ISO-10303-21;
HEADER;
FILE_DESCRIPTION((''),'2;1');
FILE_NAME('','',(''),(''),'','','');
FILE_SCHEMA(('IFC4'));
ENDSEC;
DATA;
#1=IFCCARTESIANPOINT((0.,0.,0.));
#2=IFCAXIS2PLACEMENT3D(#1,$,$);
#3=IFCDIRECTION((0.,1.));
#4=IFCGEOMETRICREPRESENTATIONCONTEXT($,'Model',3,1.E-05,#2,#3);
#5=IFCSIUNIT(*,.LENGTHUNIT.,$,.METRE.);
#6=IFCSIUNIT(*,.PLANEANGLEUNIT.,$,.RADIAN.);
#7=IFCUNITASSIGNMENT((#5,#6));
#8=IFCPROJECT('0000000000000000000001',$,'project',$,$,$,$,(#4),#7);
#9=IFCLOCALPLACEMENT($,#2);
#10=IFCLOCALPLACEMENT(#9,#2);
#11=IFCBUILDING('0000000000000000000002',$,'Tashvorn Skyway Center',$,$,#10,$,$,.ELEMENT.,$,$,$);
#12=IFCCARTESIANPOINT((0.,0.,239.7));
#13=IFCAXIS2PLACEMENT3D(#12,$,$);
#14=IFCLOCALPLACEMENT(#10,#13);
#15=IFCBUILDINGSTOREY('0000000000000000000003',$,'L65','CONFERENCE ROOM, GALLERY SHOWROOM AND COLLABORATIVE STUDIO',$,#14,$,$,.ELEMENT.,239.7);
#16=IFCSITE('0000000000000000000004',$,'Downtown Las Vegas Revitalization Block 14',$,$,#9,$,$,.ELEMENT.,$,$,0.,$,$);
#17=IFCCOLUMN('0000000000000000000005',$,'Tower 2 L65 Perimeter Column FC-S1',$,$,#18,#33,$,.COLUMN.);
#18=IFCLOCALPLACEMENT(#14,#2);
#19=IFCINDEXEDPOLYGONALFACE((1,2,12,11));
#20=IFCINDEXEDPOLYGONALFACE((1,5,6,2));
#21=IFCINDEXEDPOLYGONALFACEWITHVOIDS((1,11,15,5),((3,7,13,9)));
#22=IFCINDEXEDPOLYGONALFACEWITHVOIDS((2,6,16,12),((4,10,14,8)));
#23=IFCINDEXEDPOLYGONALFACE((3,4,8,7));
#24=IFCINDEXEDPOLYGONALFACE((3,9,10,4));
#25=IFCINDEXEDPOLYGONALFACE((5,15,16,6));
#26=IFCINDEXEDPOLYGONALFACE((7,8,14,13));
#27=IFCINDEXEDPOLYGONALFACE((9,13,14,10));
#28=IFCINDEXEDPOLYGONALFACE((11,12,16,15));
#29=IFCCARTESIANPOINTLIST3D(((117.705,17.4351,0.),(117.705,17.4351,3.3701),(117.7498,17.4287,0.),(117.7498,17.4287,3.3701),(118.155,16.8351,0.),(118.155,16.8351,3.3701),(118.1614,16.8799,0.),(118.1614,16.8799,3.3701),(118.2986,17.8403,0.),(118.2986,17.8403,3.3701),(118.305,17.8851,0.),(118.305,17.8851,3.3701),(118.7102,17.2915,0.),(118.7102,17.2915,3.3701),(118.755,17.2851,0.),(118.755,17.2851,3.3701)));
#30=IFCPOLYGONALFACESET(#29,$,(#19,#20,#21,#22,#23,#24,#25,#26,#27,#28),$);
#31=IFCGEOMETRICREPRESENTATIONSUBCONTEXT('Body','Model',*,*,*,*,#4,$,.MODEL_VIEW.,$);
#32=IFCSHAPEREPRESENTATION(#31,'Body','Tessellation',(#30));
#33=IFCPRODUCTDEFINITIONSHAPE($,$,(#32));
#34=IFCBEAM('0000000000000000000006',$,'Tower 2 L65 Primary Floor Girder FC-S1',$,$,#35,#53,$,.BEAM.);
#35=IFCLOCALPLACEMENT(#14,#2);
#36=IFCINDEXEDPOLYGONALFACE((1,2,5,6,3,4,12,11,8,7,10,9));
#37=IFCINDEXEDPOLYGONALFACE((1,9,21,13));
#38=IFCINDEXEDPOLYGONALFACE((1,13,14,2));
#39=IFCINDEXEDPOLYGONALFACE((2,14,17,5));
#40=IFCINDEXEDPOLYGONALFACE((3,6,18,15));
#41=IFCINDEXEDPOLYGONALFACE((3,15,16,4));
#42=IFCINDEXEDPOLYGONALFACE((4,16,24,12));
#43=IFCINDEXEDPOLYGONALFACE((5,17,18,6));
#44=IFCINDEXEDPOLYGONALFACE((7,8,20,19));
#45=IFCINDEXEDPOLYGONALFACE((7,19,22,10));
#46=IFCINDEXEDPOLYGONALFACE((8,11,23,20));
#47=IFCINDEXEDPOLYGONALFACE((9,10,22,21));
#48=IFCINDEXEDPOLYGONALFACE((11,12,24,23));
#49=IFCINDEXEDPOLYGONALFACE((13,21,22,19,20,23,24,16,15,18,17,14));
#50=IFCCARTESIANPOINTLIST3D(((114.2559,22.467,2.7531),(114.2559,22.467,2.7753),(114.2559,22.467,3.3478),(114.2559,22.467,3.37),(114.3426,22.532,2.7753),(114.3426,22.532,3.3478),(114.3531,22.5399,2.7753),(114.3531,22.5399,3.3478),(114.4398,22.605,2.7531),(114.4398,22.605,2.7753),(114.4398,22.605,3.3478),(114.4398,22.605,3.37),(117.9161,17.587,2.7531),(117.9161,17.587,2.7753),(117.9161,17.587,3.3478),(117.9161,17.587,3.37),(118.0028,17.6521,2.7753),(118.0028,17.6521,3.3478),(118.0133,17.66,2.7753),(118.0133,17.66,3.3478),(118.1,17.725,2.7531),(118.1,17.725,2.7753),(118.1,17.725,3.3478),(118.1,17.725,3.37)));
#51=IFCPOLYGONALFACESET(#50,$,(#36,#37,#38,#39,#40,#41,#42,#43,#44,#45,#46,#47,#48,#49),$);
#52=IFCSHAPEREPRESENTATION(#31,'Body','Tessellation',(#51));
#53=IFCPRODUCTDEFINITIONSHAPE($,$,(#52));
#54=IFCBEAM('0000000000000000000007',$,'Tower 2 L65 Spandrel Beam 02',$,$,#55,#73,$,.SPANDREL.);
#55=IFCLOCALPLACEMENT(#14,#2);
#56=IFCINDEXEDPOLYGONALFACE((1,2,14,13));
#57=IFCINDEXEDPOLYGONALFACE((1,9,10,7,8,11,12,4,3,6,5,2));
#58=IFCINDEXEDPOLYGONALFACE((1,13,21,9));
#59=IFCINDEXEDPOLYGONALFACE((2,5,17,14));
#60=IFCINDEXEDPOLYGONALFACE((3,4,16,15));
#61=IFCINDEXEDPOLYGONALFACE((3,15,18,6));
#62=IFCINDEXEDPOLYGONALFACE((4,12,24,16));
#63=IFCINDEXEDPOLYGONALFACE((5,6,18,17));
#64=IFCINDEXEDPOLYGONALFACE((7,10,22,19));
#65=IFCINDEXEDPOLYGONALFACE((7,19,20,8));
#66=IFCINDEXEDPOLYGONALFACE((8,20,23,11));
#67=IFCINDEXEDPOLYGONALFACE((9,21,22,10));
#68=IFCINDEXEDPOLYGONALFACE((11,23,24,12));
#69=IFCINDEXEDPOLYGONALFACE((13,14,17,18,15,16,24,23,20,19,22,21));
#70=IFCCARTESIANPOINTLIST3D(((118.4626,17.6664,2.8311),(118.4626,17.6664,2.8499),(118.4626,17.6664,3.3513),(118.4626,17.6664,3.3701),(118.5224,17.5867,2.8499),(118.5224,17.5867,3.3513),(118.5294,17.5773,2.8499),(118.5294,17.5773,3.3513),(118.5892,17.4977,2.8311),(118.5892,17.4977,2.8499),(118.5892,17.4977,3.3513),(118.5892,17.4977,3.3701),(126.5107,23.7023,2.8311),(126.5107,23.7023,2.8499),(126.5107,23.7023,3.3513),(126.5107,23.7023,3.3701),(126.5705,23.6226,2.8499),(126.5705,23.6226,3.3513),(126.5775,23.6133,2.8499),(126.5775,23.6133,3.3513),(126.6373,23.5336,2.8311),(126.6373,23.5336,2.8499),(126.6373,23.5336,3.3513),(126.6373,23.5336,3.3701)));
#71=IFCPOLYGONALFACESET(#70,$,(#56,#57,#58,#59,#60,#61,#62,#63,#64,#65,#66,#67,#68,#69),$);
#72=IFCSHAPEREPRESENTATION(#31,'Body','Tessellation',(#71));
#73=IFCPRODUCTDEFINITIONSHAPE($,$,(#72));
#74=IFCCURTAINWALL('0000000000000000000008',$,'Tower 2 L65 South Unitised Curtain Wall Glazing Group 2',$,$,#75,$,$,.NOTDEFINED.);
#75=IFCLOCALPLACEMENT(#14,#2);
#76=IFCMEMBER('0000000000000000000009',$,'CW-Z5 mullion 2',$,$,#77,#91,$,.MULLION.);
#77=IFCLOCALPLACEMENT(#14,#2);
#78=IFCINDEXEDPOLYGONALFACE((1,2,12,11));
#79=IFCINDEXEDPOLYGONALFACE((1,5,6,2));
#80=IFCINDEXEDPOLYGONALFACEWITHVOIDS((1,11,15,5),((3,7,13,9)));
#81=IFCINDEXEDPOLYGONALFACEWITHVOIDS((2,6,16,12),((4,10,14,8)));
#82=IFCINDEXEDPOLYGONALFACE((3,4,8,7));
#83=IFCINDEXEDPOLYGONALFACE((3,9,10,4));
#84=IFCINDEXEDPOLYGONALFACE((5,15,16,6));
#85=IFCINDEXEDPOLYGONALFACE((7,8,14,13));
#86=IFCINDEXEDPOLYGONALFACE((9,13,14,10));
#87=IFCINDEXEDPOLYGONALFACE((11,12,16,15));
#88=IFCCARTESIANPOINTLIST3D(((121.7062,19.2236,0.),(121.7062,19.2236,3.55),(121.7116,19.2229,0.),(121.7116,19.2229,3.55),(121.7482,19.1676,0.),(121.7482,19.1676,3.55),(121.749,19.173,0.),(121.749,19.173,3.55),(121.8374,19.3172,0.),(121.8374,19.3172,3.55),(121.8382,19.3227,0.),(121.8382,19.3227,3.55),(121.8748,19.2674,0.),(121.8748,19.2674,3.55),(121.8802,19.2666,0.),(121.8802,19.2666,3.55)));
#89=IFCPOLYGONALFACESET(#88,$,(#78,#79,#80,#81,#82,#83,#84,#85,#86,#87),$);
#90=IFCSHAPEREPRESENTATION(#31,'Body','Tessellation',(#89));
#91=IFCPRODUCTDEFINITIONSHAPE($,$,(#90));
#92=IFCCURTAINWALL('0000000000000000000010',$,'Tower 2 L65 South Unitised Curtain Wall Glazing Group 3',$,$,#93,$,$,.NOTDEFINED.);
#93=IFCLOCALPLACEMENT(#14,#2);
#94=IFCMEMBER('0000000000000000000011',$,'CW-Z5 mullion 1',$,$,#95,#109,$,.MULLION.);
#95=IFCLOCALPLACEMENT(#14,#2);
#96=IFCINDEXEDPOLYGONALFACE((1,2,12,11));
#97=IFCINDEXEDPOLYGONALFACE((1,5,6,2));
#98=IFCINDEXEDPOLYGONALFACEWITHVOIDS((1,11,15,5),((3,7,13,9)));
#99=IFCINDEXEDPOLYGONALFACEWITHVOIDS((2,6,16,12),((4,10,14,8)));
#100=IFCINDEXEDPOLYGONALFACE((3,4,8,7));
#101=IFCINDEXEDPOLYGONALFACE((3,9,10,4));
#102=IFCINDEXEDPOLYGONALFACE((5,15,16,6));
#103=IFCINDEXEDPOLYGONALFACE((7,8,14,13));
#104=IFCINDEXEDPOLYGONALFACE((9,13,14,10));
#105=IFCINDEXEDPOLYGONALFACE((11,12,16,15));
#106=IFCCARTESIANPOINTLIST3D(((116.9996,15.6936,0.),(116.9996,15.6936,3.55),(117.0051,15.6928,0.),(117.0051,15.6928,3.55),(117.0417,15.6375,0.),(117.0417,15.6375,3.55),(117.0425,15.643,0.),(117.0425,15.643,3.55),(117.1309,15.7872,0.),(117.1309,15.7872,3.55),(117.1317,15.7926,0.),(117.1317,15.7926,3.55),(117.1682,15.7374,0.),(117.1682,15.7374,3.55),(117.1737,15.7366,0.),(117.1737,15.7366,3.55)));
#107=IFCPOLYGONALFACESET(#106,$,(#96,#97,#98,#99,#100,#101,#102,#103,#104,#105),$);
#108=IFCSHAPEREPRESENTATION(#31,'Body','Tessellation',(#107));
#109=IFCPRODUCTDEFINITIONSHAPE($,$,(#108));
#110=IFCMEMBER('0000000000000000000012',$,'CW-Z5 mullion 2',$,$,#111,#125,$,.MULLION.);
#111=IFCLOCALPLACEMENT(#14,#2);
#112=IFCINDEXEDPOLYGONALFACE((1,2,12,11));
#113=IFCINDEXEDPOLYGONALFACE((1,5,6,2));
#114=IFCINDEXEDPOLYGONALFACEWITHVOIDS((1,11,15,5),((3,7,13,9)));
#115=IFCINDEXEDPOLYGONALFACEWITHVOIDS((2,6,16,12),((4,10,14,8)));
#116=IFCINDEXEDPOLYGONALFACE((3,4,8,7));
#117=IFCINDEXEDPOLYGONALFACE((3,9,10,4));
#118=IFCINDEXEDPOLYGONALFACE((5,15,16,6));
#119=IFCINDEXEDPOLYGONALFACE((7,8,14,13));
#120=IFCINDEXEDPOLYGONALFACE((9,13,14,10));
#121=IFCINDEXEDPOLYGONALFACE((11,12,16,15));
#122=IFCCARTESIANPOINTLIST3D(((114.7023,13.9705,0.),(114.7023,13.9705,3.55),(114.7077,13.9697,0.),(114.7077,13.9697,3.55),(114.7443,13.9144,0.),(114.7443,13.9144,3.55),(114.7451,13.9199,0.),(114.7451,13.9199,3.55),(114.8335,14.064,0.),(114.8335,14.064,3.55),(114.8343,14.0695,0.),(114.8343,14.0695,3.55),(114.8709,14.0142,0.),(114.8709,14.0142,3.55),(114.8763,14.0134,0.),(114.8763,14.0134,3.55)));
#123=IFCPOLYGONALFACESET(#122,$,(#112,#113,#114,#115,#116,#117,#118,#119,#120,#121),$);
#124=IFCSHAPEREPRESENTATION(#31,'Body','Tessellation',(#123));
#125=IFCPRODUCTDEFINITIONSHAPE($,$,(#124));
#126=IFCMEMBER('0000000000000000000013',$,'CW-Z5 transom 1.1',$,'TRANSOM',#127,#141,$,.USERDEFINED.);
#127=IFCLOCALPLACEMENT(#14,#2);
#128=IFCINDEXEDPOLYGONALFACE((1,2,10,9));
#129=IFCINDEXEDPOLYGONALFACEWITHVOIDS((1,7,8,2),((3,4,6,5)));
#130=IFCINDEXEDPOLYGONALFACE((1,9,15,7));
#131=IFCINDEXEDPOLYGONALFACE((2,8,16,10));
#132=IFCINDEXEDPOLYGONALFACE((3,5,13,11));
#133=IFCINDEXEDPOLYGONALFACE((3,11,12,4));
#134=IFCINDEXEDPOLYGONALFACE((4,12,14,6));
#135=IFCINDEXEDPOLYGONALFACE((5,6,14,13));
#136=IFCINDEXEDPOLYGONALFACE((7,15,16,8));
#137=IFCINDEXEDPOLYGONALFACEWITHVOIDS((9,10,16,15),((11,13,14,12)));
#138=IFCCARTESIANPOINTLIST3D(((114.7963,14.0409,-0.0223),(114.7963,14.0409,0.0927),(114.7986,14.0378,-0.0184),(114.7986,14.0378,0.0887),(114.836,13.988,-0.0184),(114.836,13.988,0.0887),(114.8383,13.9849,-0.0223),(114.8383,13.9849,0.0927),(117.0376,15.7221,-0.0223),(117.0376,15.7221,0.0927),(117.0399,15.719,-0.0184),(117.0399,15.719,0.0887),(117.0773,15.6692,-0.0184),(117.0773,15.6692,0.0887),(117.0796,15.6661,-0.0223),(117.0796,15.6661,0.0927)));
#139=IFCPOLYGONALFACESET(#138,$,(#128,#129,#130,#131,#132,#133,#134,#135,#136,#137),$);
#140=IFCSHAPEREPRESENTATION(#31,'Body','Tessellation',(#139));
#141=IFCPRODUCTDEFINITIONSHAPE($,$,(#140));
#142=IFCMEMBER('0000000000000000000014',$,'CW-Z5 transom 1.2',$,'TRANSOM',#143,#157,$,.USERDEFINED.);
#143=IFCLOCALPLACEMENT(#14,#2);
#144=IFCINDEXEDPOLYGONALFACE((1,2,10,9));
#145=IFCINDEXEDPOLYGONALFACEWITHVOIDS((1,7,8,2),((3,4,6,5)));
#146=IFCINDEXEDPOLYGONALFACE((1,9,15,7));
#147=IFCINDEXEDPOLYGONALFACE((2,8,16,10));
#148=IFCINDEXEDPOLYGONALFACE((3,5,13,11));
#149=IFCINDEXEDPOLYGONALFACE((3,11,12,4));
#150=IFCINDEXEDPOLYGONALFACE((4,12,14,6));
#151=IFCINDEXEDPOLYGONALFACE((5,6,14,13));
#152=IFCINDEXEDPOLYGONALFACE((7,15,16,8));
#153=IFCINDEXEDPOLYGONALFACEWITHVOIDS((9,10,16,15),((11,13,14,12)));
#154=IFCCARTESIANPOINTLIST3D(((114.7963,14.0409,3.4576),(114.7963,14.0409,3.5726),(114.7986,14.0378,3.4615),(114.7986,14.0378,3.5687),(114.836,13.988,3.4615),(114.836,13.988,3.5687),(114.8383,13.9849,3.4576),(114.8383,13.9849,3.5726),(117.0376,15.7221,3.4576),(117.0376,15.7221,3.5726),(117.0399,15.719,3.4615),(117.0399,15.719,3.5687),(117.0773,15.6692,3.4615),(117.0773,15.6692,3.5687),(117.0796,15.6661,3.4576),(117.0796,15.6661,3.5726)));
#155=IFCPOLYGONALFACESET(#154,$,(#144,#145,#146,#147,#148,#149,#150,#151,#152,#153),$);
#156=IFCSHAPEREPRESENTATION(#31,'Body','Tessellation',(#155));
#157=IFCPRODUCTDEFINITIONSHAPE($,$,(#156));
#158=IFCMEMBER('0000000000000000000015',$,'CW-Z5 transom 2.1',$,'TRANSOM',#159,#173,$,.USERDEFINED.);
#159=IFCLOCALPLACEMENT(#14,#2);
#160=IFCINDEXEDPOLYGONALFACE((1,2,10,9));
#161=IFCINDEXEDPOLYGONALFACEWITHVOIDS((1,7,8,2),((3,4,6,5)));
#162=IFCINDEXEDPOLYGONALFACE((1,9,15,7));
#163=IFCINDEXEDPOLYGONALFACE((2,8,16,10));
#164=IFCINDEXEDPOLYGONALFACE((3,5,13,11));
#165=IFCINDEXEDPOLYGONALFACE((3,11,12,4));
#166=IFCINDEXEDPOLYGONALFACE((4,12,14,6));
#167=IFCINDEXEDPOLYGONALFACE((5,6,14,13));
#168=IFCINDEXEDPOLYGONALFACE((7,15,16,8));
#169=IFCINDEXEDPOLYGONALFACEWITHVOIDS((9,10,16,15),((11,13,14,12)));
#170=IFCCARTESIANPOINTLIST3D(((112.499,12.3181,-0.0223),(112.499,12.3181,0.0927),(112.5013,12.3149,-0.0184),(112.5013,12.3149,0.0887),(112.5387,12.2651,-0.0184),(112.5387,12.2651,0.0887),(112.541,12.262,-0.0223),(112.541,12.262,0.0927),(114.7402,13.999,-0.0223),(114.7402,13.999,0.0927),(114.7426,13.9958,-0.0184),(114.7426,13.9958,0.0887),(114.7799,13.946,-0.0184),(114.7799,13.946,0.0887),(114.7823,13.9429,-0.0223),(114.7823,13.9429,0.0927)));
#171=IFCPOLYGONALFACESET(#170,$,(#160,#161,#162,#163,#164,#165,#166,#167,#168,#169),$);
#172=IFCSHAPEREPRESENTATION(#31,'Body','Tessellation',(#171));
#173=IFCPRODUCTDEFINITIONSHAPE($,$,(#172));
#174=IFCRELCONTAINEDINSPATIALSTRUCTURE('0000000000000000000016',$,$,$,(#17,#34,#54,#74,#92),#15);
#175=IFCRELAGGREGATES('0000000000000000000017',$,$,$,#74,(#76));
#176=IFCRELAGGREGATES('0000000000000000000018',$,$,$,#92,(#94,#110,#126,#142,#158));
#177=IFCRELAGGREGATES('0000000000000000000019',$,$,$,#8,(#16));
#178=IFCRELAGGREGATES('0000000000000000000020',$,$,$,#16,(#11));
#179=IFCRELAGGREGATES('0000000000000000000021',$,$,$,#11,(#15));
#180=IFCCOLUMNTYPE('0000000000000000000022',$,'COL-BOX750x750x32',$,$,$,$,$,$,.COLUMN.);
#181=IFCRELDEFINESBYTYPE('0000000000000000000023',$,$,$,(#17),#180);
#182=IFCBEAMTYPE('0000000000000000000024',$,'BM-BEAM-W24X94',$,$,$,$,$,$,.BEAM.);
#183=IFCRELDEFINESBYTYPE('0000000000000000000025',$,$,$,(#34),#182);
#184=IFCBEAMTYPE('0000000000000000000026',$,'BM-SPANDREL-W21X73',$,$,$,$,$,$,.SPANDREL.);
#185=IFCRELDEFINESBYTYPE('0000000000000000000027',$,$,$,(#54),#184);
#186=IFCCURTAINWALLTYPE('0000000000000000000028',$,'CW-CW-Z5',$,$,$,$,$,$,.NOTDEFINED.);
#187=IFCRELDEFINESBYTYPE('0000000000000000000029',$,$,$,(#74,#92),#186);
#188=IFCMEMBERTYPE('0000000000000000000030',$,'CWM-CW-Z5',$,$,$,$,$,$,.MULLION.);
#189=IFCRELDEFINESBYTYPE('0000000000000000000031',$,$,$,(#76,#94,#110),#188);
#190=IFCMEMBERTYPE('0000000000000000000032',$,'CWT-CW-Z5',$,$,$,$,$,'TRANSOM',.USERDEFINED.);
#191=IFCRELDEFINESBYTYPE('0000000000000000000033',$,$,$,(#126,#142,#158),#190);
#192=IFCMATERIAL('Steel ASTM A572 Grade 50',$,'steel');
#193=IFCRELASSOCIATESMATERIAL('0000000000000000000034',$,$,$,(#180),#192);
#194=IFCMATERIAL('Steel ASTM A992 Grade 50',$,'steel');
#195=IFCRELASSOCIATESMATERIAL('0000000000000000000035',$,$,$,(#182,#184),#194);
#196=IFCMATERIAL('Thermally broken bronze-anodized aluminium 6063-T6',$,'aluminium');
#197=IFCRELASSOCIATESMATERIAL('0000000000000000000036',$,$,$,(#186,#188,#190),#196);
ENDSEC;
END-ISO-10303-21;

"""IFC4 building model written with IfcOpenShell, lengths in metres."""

from ifc_helpers import new_model, si_unit, direction, frame, origin, origin_2d, place, context, subcontext, project, spatial, hollow_rectangle, i_section, extrude, material, material_profile, profile_set, type_object, element, aggregate, save


model = new_model("IFC4")

# Units and contexts
model_context = context("Model", 3, precision=1e-05, world=origin(), true_north=direction((0.0, 1.0)))
body_context = subcontext(model_context, "Body", "Model", "MODEL_VIEW")
ifc_project = project(units=[si_unit("LENGTHUNIT", "METRE"), si_unit("PLANEANGLEUNIT", "RADIAN")], contexts=[model_context])

# Site, building, storey
site_placement = place(None, origin())
site = spatial("IfcSite", under=ifc_project, at=site_placement, Name="Downtown Las Vegas Revitalization Block 14", CompositionType="ELEMENT", RefElevation=0.0)
building_placement = place(site_placement, origin())
building = spatial("IfcBuilding", under=site, at=building_placement, Name="Tashvorn Skyway Center", CompositionType="ELEMENT")
storey_placement = place(building_placement, frame((0.0, 0.0, 239.7)))
storey = spatial("IfcBuildingStorey", under=building, at=storey_placement, Name="L65", Description="CONFERENCE ROOM, GALLERY SHOWROOM AND COLLABORATIVE STUDIO", CompositionType="ELEMENT", Elevation=239.7)

# Column
ifc_material_1 = material(Name="Steel ASTM A572 Grade 50", Category="steel")
ifc_material_profile_1 = material_profile(ifc_material_1, hollow_rectangle(XDim=0.75, YDim=0.75, WallThickness=0.032, at=origin_2d()), Name="BOX750x750x32")
ifc_profile_set_1 = profile_set([ifc_material_profile_1], Name="Steel ASTM A572 Grade 50")
column_type = type_object("IfcColumnType", Name="COL-BOX750x750x32", PredefinedType="COLUMN", material=ifc_profile_set_1)
column_placement = place(storey_placement, frame((118.23, 17.3601, 0.0), z_axis=(0.0, 0.0, 1.0), x_axis=(0.8, 0.6, 0.0)))
element("IfcColumn", 1, at=column_placement, inside=storey, type_object=column_type, Name="Tower 2 L65 Perimeter Column FC-S1", PredefinedType="COLUMN", context=body_context, shape_type="SweptSolid", body=[
    extrude(hollow_rectangle(XDim=0.75, YDim=0.75, WallThickness=0.032, at=origin_2d()), origin(), (0.0, 0.0, 1.0), 3.3701),
])

# Beams
ifc_material_2 = material(Name="Steel ASTM A992 Grade 50", Category="steel")
ifc_material_profile_2 = material_profile(ifc_material_2, i_section(OverallWidth=0.23, OverallDepth=0.6169, WebThickness=0.0132, FlangeThickness=0.0222, at=origin_2d()), Name="W24X94")
ifc_profile_set_2 = profile_set([ifc_material_profile_2], Name="Steel ASTM A992 Grade 50")
beam_type_1 = type_object("IfcBeamType", Name="BM-BEAM-W24X94", PredefinedType="BEAM", material=ifc_profile_set_2)
beam_1_placement = place(storey_placement, frame((118.0081, 17.656, 3.0615), z_axis=(-0.600026, 0.799981, 0.0), x_axis=(-0.799981, -0.600026, 0.0)))
element("IfcBeam", 2, at=beam_1_placement, inside=storey, type_object=beam_type_1, Name="Tower 2 L65 Primary Floor Girder FC-S1", PredefinedType="BEAM", context=body_context, shape_type="SweptSolid", body=[
    extrude(i_section(OverallWidth=0.23, OverallDepth=0.6169, WebThickness=0.0132, FlangeThickness=0.0222, at=origin_2d()), origin(), (0.0, 0.0, 1.0), 6.1001),
])
ifc_material_profile_3 = material_profile(ifc_material_2, i_section(OverallWidth=0.2109, OverallDepth=0.5391, WebThickness=0.0117, FlangeThickness=0.0188, at=origin_2d()), Name="W21X73")
ifc_profile_set_3 = profile_set([ifc_material_profile_3], Name="Steel ASTM A992 Grade 50")
beam_type_2 = type_object("IfcBeamType", Name="BM-SPANDREL-W21X73", PredefinedType="SPANDREL", material=ifc_profile_set_3)
beam_2_placement = place(storey_placement, frame((118.5259, 17.582, 3.1006), z_axis=(0.800009, 0.599988, 0.0), x_axis=(-0.599988, 0.800009, 0.0)))
element("IfcBeam", 3, at=beam_2_placement, inside=storey, type_object=beam_type_2, Name="Tower 2 L65 Spandrel Beam 02", PredefinedType="SPANDREL", context=body_context, shape_type="SweptSolid", body=[
    extrude(i_section(OverallWidth=0.2109, OverallDepth=0.5391, WebThickness=0.0117, FlangeThickness=0.0188, at=origin_2d()), origin(), (0.0, 0.0, 1.0), 10.0601),
])

# Curtain wall, member
ifc_material_3 = material(Name="Thermally broken bronze-anodized aluminium 6063-T6", Category="aluminium")
curtain_wall_type = type_object("IfcCurtainWallType", Name="CW-CW-Z5", PredefinedType="NOTDEFINED", material=ifc_material_3)
curtain_wall_1_placement = place(storey_placement, origin())
curtain_wall_1 = element("IfcCurtainWall", 4, at=curtain_wall_1_placement, inside=storey, type_object=curtain_wall_type, Name="Tower 2 L65 South Unitised Curtain Wall Glazing Group 2", PredefinedType="NOTDEFINED")
ifc_material_profile_4 = material_profile(ifc_material_3, hollow_rectangle(XDim=0.0701, YDim=0.165, WallThickness=0.0039, at=origin_2d()), Name="ALU-MULL-70x165")
ifc_profile_set_4 = profile_set([ifc_material_profile_4], Name="Thermally broken bronze-anodized aluminium 6063-T6")
member_type_1 = type_object("IfcMemberType", Name="CWM-CW-Z5", PredefinedType="MULLION", material=ifc_profile_set_4)
member_1_placement = place(storey_placement, frame((121.7932, 19.2451, 0.0), z_axis=(0.0, 0.0, 1.0), x_axis=(0.599989, -0.800008, 0.0)))
member_1 = element("IfcMember", 5, at=member_1_placement, type_object=member_type_1, Name="CW-Z5 mullion 2", PredefinedType="MULLION", context=body_context, shape_type="SweptSolid", body=[
    extrude(hollow_rectangle(XDim=0.0701, YDim=0.165, WallThickness=0.0039, at=origin_2d()), origin(), (0.0, 0.0, 1.0), 3.55),
])
aggregate(curtain_wall_1, [member_1])

# Curtain wall, members
curtain_wall_2_placement = place(storey_placement, origin())
curtain_wall_2 = element("IfcCurtainWall", 6, at=curtain_wall_2_placement, inside=storey, type_object=curtain_wall_type, Name="Tower 2 L65 South Unitised Curtain Wall Glazing Group 3", PredefinedType="NOTDEFINED")
member_2_placement = place(storey_placement, frame((117.0867, 15.7151, 0.0), z_axis=(0.0, 0.0, 1.0), x_axis=(0.599997, -0.800002, 0.0)))
member_2 = element("IfcMember", 7, at=member_2_placement, type_object=member_type_1, Name="CW-Z5 mullion 1", PredefinedType="MULLION", context=body_context, shape_type="SweptSolid", body=[
    extrude(hollow_rectangle(XDim=0.0701, YDim=0.165, WallThickness=0.0039, at=origin_2d()), origin(), (0.0, 0.0, 1.0), 3.55),
])
member_3_placement = place(storey_placement, frame((114.7893, 13.9919, 0.0), z_axis=(0.0, 0.0, 1.0), x_axis=(0.599997, -0.800002, 0.0)))
member_3 = element("IfcMember", 8, at=member_3_placement, type_object=member_type_1, Name="CW-Z5 mullion 2", PredefinedType="MULLION", context=body_context, shape_type="SweptSolid", body=[
    extrude(hollow_rectangle(XDim=0.0701, YDim=0.165, WallThickness=0.0039, at=origin_2d()), origin(), (0.0, 0.0, 1.0), 3.55),
])
ifc_material_profile_5 = material_profile(ifc_material_3, hollow_rectangle(XDim=0.0701, YDim=0.115, WallThickness=0.0039, at=origin_2d()), Name="ALU-TRAN-70x115")
ifc_profile_set_5 = profile_set([ifc_material_profile_5], Name="Thermally broken bronze-anodized aluminium 6063-T6")
member_type_2 = type_object("IfcMemberType", Name="CWT-CW-Z5", ElementType="TRANSOM", PredefinedType="USERDEFINED", material=ifc_profile_set_5)
member_4_placement = place(storey_placement, frame((117.0586, 15.6941, 0.0352), z_axis=(-0.799958, -0.600056, 0.0), x_axis=(0.600056, -0.799958, 0.0)))
member_4 = element("IfcMember", 9, at=member_4_placement, type_object=member_type_2, Name="CW-Z5 transom 1.1", ObjectType="TRANSOM", PredefinedType="USERDEFINED", context=body_context, shape_type="SweptSolid", body=[
    extrude(hollow_rectangle(XDim=0.0701, YDim=0.115, WallThickness=0.0039, at=origin_2d()), origin(), (0.0, 0.0, 1.0), 2.8018),
])
member_5_placement = place(storey_placement, frame((117.0586, 15.6941, 3.5151), z_axis=(-0.799958, -0.600056, 0.0), x_axis=(0.600056, -0.799958, 0.0)))
member_5 = element("IfcMember", 10, at=member_5_placement, type_object=member_type_2, Name="CW-Z5 transom 1.2", ObjectType="TRANSOM", PredefinedType="USERDEFINED", context=body_context, shape_type="SweptSolid", body=[
    extrude(hollow_rectangle(XDim=0.0701, YDim=0.115, WallThickness=0.0039, at=origin_2d()), origin(), (0.0, 0.0, 1.0), 2.8018),
])
member_6_placement = place(storey_placement, frame((114.7612, 13.9709, 0.0352), z_axis=(-0.8, -0.6, 0.0), x_axis=(0.6, -0.8, 0.0)))
member_6 = element("IfcMember", 11, at=member_6_placement, type_object=member_type_2, Name="CW-Z5 transom 2.1", ObjectType="TRANSOM", PredefinedType="USERDEFINED", context=body_context, shape_type="SweptSolid", body=[
    extrude(hollow_rectangle(XDim=0.0701, YDim=0.115, WallThickness=0.0039, at=origin_2d()), origin(), (0.0, 0.0, 1.0), 2.8015),
])

aggregate(curtain_wall_2, [member_2, member_3, member_4, member_5, member_6])

save(model, "model.ifc")
